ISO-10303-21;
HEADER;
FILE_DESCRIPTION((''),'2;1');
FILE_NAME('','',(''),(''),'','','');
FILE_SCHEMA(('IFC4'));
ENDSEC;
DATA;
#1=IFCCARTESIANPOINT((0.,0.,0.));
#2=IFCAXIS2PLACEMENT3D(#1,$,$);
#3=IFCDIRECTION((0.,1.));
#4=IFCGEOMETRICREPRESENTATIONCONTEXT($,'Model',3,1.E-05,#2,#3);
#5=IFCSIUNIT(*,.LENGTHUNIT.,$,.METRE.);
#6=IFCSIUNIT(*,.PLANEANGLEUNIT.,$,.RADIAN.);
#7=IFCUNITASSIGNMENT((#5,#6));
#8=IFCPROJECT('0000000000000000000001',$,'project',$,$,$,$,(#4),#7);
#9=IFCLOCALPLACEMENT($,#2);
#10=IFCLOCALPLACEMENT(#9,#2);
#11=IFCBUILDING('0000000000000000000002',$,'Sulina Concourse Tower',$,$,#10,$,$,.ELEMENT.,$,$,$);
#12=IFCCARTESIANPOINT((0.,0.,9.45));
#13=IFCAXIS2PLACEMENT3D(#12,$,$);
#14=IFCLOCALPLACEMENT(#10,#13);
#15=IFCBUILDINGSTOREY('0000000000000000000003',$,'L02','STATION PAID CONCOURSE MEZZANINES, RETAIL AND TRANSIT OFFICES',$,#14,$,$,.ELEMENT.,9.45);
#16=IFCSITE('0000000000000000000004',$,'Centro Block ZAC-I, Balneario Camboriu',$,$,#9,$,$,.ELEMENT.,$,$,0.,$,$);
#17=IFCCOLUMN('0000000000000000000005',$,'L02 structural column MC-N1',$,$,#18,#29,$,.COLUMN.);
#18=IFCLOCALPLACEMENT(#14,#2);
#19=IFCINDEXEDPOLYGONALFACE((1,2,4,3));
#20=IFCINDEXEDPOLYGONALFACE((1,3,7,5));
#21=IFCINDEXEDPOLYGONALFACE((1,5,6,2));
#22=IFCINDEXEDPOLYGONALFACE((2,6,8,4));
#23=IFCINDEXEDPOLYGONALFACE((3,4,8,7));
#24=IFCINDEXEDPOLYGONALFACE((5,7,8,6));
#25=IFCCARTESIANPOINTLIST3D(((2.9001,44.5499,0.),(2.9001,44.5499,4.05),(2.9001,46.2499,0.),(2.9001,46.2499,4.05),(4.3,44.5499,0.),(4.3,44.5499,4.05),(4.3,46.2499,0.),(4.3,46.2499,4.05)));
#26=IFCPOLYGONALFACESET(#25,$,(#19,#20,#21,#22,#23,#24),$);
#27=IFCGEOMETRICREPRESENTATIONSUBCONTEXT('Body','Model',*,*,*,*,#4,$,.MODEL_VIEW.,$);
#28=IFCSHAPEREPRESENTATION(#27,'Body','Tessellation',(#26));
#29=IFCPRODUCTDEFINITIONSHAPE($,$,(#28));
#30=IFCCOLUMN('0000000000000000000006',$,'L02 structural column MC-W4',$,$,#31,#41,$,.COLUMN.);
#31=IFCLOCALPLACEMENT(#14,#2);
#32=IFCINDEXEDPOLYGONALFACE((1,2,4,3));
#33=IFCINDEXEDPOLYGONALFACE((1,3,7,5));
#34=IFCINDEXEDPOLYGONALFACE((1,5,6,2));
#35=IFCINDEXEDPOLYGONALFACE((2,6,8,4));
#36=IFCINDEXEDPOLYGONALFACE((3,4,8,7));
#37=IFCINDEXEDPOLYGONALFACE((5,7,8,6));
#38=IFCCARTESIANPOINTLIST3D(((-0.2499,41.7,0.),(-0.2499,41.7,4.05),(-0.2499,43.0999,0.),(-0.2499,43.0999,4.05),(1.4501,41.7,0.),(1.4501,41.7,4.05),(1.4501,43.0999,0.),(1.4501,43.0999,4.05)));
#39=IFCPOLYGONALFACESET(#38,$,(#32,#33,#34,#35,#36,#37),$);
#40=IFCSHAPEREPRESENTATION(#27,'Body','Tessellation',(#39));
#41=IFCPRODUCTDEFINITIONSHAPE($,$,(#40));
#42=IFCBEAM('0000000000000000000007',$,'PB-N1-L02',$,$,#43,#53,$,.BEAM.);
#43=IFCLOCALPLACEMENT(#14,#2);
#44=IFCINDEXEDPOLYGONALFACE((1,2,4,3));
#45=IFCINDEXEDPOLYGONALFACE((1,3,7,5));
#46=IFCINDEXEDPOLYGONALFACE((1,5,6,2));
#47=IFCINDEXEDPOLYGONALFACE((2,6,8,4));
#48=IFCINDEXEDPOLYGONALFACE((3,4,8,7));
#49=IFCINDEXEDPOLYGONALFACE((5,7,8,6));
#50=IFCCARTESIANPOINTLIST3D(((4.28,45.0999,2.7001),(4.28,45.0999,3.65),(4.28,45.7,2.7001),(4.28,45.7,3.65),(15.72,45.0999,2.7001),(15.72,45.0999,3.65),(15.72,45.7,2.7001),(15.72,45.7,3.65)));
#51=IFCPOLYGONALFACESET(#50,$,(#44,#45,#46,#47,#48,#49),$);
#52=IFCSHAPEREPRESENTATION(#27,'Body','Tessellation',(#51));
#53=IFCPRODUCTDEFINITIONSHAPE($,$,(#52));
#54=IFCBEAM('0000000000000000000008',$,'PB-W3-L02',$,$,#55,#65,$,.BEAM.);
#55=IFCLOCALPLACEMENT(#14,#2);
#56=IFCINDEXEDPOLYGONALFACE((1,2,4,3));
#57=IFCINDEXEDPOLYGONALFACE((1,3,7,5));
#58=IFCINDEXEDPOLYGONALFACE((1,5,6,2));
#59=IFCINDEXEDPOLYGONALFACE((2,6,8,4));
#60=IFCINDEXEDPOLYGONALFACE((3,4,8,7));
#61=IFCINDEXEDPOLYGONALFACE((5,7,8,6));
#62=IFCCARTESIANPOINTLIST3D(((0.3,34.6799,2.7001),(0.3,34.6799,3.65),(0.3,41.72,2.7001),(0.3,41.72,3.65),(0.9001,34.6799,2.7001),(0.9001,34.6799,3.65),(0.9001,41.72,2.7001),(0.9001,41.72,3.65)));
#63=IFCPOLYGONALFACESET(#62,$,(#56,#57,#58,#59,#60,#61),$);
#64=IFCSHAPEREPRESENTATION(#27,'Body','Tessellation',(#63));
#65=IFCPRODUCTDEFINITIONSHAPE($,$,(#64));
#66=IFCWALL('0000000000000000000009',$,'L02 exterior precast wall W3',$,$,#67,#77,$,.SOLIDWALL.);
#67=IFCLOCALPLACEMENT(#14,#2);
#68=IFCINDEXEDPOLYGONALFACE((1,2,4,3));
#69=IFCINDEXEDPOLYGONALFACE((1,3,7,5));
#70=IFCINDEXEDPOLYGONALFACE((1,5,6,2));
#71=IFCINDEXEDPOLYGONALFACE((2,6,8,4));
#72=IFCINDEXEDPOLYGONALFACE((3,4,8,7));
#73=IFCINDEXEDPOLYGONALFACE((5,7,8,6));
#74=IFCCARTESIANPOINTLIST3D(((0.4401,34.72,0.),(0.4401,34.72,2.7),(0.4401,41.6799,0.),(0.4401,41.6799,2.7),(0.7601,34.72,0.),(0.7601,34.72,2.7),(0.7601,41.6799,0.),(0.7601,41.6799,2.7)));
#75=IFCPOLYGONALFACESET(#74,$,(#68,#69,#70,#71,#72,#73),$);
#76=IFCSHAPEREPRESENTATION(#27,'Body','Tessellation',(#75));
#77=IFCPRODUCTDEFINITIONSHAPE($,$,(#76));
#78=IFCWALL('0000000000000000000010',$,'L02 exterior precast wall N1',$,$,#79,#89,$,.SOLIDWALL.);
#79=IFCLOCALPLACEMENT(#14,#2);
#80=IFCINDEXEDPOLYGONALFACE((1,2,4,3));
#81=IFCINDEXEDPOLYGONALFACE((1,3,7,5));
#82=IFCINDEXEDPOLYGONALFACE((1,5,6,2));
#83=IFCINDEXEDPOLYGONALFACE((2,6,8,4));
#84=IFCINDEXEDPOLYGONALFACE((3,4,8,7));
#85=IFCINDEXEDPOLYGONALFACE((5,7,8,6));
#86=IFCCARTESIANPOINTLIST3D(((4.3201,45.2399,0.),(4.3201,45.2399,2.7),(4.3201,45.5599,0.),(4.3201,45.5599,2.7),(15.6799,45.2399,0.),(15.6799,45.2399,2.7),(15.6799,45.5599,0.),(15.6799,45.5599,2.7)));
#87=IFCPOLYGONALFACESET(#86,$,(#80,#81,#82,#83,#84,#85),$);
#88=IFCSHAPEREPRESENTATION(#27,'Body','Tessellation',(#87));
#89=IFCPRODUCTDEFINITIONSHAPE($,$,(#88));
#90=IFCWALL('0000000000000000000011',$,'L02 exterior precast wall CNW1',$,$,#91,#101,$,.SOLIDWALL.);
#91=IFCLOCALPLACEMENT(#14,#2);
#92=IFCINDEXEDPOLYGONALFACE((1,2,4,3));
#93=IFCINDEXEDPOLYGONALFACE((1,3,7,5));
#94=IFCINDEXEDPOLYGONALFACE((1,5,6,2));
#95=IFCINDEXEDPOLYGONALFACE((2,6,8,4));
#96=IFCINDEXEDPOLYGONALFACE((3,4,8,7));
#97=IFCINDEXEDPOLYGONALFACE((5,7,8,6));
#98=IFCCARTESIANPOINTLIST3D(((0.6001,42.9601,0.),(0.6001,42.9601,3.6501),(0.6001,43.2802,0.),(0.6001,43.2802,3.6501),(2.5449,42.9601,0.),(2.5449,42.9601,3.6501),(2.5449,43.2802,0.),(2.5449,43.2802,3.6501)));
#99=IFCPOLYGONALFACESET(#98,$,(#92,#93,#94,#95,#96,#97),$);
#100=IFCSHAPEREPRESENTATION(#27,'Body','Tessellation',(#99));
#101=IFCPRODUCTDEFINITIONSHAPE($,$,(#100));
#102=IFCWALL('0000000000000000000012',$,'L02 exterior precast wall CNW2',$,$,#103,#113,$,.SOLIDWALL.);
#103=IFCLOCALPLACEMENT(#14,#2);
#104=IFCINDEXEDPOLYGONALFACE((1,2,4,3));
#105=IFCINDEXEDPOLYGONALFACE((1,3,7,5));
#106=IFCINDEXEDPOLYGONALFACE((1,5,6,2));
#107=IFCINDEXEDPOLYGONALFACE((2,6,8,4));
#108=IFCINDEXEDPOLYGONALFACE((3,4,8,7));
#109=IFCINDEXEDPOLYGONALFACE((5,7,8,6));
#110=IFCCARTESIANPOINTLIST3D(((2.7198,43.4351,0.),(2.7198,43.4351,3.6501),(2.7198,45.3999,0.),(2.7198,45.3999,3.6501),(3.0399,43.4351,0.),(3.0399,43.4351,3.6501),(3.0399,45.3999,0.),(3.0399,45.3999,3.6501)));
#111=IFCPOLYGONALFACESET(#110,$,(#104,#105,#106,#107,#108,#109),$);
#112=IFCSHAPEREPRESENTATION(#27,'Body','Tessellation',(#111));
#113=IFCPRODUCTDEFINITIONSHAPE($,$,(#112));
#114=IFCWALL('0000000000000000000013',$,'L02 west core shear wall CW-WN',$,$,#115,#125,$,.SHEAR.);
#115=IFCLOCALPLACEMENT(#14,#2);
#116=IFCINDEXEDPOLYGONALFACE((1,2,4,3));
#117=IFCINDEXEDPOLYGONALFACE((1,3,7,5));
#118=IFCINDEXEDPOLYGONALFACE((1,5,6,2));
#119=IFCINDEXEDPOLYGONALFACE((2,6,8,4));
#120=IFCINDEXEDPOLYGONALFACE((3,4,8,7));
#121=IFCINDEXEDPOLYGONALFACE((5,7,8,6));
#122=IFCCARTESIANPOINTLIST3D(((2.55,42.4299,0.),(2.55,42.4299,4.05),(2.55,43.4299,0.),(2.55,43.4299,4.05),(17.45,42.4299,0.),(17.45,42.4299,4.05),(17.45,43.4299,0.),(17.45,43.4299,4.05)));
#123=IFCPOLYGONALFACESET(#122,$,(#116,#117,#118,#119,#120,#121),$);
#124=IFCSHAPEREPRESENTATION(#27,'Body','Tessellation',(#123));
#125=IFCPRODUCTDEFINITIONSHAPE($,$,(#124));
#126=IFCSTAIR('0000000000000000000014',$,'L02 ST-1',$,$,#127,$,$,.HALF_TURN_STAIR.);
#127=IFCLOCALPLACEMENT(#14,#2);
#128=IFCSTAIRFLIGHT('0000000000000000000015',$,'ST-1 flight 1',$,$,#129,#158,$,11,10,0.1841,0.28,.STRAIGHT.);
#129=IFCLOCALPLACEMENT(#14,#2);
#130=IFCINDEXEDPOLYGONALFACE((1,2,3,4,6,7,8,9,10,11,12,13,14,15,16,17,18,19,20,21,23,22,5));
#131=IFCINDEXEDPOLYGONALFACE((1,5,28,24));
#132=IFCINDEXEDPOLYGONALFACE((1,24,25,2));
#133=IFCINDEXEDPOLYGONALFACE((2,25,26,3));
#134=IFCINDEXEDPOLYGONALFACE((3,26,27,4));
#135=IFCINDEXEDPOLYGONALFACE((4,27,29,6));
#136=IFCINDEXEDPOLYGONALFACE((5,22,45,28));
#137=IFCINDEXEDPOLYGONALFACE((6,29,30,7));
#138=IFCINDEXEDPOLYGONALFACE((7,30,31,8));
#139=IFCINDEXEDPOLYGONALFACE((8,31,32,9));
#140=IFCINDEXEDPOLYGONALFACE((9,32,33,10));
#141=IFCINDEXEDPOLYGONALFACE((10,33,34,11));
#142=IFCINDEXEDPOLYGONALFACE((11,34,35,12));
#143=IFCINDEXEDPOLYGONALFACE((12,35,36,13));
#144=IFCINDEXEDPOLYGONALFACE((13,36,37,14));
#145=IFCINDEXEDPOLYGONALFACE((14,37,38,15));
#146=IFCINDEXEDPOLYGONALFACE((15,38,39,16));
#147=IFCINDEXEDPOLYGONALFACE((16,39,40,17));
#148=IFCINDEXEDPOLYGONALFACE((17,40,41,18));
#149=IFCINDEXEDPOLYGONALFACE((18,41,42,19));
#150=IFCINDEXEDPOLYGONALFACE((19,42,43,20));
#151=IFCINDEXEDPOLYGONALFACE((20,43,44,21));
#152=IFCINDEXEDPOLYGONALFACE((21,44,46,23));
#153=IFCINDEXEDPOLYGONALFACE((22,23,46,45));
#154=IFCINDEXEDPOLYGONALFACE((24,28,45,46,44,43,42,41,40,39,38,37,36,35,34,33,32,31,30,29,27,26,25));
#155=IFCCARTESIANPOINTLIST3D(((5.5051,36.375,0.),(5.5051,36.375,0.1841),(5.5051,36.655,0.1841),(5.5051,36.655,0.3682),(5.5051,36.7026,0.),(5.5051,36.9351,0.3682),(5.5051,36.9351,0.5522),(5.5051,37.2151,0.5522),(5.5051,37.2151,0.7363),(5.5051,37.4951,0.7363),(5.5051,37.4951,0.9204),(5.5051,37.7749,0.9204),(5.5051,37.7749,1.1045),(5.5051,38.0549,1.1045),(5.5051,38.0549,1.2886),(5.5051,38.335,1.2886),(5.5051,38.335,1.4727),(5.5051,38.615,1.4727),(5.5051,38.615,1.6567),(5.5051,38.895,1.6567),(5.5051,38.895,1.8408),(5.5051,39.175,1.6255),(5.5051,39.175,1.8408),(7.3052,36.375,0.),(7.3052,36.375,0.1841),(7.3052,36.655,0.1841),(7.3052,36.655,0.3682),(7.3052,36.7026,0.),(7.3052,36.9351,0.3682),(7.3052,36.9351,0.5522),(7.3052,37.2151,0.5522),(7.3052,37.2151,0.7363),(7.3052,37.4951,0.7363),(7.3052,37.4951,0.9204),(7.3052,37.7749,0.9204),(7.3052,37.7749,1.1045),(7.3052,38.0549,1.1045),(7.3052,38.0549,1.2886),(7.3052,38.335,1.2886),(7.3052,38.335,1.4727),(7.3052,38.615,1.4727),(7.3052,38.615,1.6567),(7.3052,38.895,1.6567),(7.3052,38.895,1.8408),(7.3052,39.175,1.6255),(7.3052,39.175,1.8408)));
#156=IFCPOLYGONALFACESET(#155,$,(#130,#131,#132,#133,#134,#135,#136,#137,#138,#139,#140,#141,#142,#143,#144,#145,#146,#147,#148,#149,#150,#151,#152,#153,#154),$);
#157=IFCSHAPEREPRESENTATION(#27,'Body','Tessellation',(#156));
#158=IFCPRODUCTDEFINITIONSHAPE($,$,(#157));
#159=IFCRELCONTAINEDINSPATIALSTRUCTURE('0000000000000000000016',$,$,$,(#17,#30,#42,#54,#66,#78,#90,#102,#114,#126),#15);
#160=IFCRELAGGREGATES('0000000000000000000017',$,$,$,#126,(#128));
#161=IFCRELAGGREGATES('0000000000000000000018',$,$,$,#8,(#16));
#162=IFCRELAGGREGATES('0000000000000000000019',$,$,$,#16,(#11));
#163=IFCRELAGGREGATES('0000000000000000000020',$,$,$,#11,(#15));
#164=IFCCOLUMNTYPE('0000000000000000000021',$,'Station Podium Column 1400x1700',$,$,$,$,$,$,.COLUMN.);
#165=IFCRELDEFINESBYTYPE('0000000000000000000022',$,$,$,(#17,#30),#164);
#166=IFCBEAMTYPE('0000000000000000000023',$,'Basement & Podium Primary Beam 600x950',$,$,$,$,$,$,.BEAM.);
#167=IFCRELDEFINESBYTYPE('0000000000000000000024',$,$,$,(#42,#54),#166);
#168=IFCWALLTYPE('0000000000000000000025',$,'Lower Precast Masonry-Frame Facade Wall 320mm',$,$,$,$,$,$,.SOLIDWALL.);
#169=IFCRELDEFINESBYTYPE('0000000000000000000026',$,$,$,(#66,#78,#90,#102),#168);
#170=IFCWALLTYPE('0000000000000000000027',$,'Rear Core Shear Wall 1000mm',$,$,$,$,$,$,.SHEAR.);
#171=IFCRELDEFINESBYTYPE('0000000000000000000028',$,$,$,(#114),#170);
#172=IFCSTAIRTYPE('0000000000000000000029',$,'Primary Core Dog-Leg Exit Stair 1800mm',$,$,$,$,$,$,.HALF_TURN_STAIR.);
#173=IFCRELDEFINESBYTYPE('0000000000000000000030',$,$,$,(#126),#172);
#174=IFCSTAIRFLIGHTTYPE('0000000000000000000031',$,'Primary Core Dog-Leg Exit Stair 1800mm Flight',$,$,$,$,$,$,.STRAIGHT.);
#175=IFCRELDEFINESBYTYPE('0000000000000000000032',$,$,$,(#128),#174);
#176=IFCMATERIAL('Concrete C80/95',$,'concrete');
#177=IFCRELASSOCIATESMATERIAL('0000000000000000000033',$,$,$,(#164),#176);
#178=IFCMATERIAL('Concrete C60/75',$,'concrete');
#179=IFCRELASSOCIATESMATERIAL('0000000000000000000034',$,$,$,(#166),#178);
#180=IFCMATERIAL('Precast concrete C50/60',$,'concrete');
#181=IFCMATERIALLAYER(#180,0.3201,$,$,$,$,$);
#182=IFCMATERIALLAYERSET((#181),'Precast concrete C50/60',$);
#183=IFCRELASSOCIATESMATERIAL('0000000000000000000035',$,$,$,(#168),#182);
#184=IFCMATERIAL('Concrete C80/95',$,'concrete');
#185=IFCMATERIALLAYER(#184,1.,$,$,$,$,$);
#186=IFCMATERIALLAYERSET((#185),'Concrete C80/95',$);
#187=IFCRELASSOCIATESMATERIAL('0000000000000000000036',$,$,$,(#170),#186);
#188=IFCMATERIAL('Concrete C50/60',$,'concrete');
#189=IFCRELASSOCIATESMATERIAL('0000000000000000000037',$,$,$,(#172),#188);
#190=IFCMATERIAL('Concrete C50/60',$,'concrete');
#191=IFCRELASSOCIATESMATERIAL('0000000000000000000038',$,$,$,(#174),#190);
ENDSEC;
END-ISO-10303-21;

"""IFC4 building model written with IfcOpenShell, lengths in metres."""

from ifc_helpers import new_model, si_unit, direction, frame, frame_2d, origin, origin_2d, place, context, subcontext, project, spatial, polyline, rectangle, outline, extrude, material, layer, layer_set, material_profile, profile_set, type_object, element, aggregate, save


model = new_model("IFC4")

# Units and contexts
model_context = context("Model", 3, precision=1e-05, world=origin(), true_north=direction((0.0, 1.0)))
body_context = subcontext(model_context, "Body", "Model", "MODEL_VIEW")
ifc_project = project(units=[si_unit("LENGTHUNIT", "METRE"), si_unit("PLANEANGLEUNIT", "RADIAN")], contexts=[model_context])

# Site, building, storey
site_placement = place(None, origin())
site = spatial("IfcSite", under=ifc_project, at=site_placement, Name="Centro Block ZAC-I, Balneario Camboriu", CompositionType="ELEMENT", RefElevation=0.0)
building_placement = place(site_placement, origin())
building = spatial("IfcBuilding", under=site, at=building_placement, Name="Sulina Concourse Tower", CompositionType="ELEMENT")
storey_placement = place(building_placement, frame((0.0, 0.0, 9.45)))
storey = spatial("IfcBuildingStorey", under=building, at=storey_placement, Name="L02", Description="STATION PAID CONCOURSE MEZZANINES, RETAIL AND TRANSIT OFFICES", CompositionType="ELEMENT", Elevation=9.45)

# Columns
ifc_material_1 = material(Name="Concrete C80/95", Category="concrete")
ifc_material_profile_1 = material_profile(ifc_material_1, rectangle(XDim=1.3999, YDim=1.7, at=origin_2d()), Name="RC 1400x1700")
ifc_profile_set_1 = profile_set([ifc_material_profile_1], Name="Concrete C80/95")
column_type = type_object("IfcColumnType", Name="Station Podium Column 1400x1700", PredefinedType="COLUMN", material=ifc_profile_set_1)
for number, where, z_axis, x_axis, name in (
    (1, (3.6001, 45.3999, 0.0), (0.0, 0.0, 1.0), (1.0, 0.0, 0.0), "L02 structural column MC-N1"),
    (2, (0.6001, 42.3999, 0.0), (0.0, 0.0, 1.0), (0.0, 1.0, 0.0), "L02 structural column MC-W4"),
):
    element("IfcColumn", number, at=place(storey_placement, frame(where, z_axis=z_axis, x_axis=x_axis)), inside=storey, type_object=column_type, Name=name, PredefinedType="COLUMN", context=body_context, shape_type="SweptSolid", body=[
        extrude(rectangle(XDim=1.3999, YDim=1.7, at=origin_2d()), origin(), (0.0, 0.0, 1.0), 4.05),
    ])

# Beams
ifc_material_2 = material(Name="Concrete C60/75", Category="concrete")
ifc_material_profile_2 = material_profile(ifc_material_2, rectangle(XDim=0.6001, YDim=0.95, at=origin_2d()), Name="RC 600x950")
ifc_profile_set_2 = profile_set([ifc_material_profile_2], Name="Concrete C60/75")
beam_type = type_object("IfcBeamType", Name="Basement & Podium Primary Beam 600x950", PredefinedType="BEAM", material=ifc_profile_set_2)
beam_1_placement = place(storey_placement, frame((4.28, 45.3999, 3.175), z_axis=(1.0, 0.0, 0.0), x_axis=(0.0, 1.0, 0.0)))
element("IfcBeam", 3, at=beam_1_placement, inside=storey, type_object=beam_type, Name="PB-N1-L02", PredefinedType="BEAM", context=body_context, shape_type="SweptSolid", body=[
    extrude(rectangle(XDim=0.6001, YDim=0.95, at=origin_2d()), origin(), (0.0, 0.0, 1.0), 11.4399),
])
beam_2_placement = place(storey_placement, frame((0.6001, 34.6799, 3.175), z_axis=(0.0, 1.0, 0.0), x_axis=(-1.0, 0.0, 0.0)))
element("IfcBeam", 4, at=beam_2_placement, inside=storey, type_object=beam_type, Name="PB-W3-L02", PredefinedType="BEAM", context=body_context, shape_type="SweptSolid", body=[
    extrude(rectangle(XDim=0.6001, YDim=0.95, at=origin_2d()), origin(), (0.0, 0.0, 1.0), 7.04),
])

# Walls
ifc_material_3 = material(Name="Precast concrete C50/60", Category="concrete")
ifc_layer_1 = layer(ifc_material_3, 0.3201)
ifc_layer_set_1 = layer_set([ifc_layer_1], Name="Precast concrete C50/60")
wall_type_1 = type_object("IfcWallType", Name="Lower Precast Masonry-Frame Facade Wall 320mm", PredefinedType="SOLIDWALL", material=ifc_layer_set_1)
wall_1_placement = place(storey_placement, frame((0.6001, 34.72, 0.0), z_axis=(0.0, 0.0, 1.0), x_axis=(0.0, 1.0, 0.0)))
element("IfcWall", 5, at=wall_1_placement, inside=storey, type_object=wall_type_1, Name="L02 exterior precast wall W3", PredefinedType="SOLIDWALL", context=body_context, shape_type="SweptSolid", body=[
    extrude(rectangle(XDim=6.96, YDim=0.3201, at=frame_2d((3.48, 0.0))), origin(), (0.0, 0.0, 1.0), 2.7),
])
wall_2_placement = place(storey_placement, frame((4.3201, 45.3999, 0.0), z_axis=(0.0, 0.0, 1.0), x_axis=(1.0, 0.0, 0.0)))
element("IfcWall", 6, at=wall_2_placement, inside=storey, type_object=wall_type_1, Name="L02 exterior precast wall N1", PredefinedType="SOLIDWALL", context=body_context, shape_type="SweptSolid", body=[
    extrude(rectangle(XDim=11.3599, YDim=0.3201, at=frame_2d((5.6799, 0.0))), origin(), (0.0, 0.0, 1.0), 2.7),
])
wall_3_placement = place(storey_placement, frame((0.6001, 43.1201, 0.0), z_axis=(0.0, 0.0, 1.0), x_axis=(1.0, 0.0, 0.0)))
element("IfcWall", 7, at=wall_3_placement, inside=storey, type_object=wall_type_1, Name="L02 exterior precast wall CNW1", PredefinedType="SOLIDWALL", context=body_context, shape_type="SweptSolid", body=[
    extrude(rectangle(XDim=1.9448, YDim=0.3201, at=frame_2d((0.9724, 0.0))), origin(), (0.0, 0.0, 1.0), 3.6501),
])
wall_4_placement = place(storey_placement, frame((2.8799, 43.4351, 0.0), z_axis=(0.0, 0.0, 1.0), x_axis=(0.0, 1.0, 0.0)))
element("IfcWall", 8, at=wall_4_placement, inside=storey, type_object=wall_type_1, Name="L02 exterior precast wall CNW2", PredefinedType="SOLIDWALL", context=body_context, shape_type="SweptSolid", body=[
    extrude(rectangle(XDim=1.9648, YDim=0.3201, at=frame_2d((0.9824, 0.0))), origin(), (0.0, 0.0, 1.0), 3.6501),
])
ifc_material_4 = material(Name="Concrete C80/95", Category="concrete")
ifc_layer_2 = layer(ifc_material_4, 1.0)
ifc_layer_set_2 = layer_set([ifc_layer_2], Name="Concrete C80/95")
wall_type_2 = type_object("IfcWallType", Name="Rear Core Shear Wall 1000mm", PredefinedType="SHEAR", material=ifc_layer_set_2)
wall_5_placement = place(storey_placement, frame((2.55, 42.9299, 0.0), z_axis=(0.0, 0.0, 1.0), x_axis=(1.0, 0.0, 0.0)))
element("IfcWall", 9, at=wall_5_placement, inside=storey, type_object=wall_type_2, Name="L02 west core shear wall CW-WN", PredefinedType="SHEAR", context=body_context, shape_type="SweptSolid", body=[
    extrude(rectangle(XDim=14.8999, YDim=1.0, at=frame_2d((7.45, 0.0))), origin(), (0.0, 0.0, 1.0), 4.05),
])

# Stair, stair flight
ifc_material_5 = material(Name="Concrete C50/60", Category="concrete")
stair_type = type_object("IfcStairType", Name="Primary Core Dog-Leg Exit Stair 1800mm", PredefinedType="HALF_TURN_STAIR", material=ifc_material_5)
stair_placement = place(storey_placement, origin())
stair = element("IfcStair", 10, at=stair_placement, inside=storey, type_object=stair_type, Name="L02 ST-1", PredefinedType="HALF_TURN_STAIR")
ifc_material_6 = material(Name="Concrete C50/60", Category="concrete")
stair_flight_type = type_object("IfcStairFlightType", Name="Primary Core Dog-Leg Exit Stair 1800mm Flight", PredefinedType="STRAIGHT", material=ifc_material_6)
stair_flight_1_placement = place(storey_placement, frame((6.405, 36.375, 0.0), z_axis=(0.0, 0.0, 1.0), x_axis=(0.0, 1.0, 0.0)))
stair_flight_1 = element("IfcStairFlight", 11, at=stair_flight_1_placement, type_object=stair_flight_type, Name="ST-1 flight 1", NumberOfRisers=11, NumberOfTreads=10, PredefinedType="STRAIGHT", RiserHeight=0.1841, TreadLength=0.28, context=body_context, shape_type="SweptSolid", body=[
    extrude(outline(polyline([(0.0, 0.0), (0.0, 0.1841), (0.28, 0.1841), (0.28, 0.3682), (0.5601, 0.3682), (0.5601, 0.5522), (0.8401, 0.5522), (0.8401, 0.7363), (1.1201, 0.7363), (1.1201, 0.9204), (1.3999, 0.9204), (1.3999, 1.1045), (1.6799, 1.1045), (1.6799, 1.2886), (1.96, 1.2886), (1.96, 1.4727), (2.24, 1.4727), (2.24, 1.6567), (2.52, 1.6567), (2.52, 1.8408), (2.8, 1.8408), (2.8, 2.0249), (2.8, 1.6255), (0.3276, 0.0), (0.0, 0.0)])), frame((0.0, 0.8999, 0.0), z_axis=(0.0, -1.0, 0.0), x_axis=(1.0, 0.0, 0.0)), (0.0, 0.0, 1.0), 1.8),
])
aggregate(stair, [stair_flight_1])

save(model, "model.ifc")
